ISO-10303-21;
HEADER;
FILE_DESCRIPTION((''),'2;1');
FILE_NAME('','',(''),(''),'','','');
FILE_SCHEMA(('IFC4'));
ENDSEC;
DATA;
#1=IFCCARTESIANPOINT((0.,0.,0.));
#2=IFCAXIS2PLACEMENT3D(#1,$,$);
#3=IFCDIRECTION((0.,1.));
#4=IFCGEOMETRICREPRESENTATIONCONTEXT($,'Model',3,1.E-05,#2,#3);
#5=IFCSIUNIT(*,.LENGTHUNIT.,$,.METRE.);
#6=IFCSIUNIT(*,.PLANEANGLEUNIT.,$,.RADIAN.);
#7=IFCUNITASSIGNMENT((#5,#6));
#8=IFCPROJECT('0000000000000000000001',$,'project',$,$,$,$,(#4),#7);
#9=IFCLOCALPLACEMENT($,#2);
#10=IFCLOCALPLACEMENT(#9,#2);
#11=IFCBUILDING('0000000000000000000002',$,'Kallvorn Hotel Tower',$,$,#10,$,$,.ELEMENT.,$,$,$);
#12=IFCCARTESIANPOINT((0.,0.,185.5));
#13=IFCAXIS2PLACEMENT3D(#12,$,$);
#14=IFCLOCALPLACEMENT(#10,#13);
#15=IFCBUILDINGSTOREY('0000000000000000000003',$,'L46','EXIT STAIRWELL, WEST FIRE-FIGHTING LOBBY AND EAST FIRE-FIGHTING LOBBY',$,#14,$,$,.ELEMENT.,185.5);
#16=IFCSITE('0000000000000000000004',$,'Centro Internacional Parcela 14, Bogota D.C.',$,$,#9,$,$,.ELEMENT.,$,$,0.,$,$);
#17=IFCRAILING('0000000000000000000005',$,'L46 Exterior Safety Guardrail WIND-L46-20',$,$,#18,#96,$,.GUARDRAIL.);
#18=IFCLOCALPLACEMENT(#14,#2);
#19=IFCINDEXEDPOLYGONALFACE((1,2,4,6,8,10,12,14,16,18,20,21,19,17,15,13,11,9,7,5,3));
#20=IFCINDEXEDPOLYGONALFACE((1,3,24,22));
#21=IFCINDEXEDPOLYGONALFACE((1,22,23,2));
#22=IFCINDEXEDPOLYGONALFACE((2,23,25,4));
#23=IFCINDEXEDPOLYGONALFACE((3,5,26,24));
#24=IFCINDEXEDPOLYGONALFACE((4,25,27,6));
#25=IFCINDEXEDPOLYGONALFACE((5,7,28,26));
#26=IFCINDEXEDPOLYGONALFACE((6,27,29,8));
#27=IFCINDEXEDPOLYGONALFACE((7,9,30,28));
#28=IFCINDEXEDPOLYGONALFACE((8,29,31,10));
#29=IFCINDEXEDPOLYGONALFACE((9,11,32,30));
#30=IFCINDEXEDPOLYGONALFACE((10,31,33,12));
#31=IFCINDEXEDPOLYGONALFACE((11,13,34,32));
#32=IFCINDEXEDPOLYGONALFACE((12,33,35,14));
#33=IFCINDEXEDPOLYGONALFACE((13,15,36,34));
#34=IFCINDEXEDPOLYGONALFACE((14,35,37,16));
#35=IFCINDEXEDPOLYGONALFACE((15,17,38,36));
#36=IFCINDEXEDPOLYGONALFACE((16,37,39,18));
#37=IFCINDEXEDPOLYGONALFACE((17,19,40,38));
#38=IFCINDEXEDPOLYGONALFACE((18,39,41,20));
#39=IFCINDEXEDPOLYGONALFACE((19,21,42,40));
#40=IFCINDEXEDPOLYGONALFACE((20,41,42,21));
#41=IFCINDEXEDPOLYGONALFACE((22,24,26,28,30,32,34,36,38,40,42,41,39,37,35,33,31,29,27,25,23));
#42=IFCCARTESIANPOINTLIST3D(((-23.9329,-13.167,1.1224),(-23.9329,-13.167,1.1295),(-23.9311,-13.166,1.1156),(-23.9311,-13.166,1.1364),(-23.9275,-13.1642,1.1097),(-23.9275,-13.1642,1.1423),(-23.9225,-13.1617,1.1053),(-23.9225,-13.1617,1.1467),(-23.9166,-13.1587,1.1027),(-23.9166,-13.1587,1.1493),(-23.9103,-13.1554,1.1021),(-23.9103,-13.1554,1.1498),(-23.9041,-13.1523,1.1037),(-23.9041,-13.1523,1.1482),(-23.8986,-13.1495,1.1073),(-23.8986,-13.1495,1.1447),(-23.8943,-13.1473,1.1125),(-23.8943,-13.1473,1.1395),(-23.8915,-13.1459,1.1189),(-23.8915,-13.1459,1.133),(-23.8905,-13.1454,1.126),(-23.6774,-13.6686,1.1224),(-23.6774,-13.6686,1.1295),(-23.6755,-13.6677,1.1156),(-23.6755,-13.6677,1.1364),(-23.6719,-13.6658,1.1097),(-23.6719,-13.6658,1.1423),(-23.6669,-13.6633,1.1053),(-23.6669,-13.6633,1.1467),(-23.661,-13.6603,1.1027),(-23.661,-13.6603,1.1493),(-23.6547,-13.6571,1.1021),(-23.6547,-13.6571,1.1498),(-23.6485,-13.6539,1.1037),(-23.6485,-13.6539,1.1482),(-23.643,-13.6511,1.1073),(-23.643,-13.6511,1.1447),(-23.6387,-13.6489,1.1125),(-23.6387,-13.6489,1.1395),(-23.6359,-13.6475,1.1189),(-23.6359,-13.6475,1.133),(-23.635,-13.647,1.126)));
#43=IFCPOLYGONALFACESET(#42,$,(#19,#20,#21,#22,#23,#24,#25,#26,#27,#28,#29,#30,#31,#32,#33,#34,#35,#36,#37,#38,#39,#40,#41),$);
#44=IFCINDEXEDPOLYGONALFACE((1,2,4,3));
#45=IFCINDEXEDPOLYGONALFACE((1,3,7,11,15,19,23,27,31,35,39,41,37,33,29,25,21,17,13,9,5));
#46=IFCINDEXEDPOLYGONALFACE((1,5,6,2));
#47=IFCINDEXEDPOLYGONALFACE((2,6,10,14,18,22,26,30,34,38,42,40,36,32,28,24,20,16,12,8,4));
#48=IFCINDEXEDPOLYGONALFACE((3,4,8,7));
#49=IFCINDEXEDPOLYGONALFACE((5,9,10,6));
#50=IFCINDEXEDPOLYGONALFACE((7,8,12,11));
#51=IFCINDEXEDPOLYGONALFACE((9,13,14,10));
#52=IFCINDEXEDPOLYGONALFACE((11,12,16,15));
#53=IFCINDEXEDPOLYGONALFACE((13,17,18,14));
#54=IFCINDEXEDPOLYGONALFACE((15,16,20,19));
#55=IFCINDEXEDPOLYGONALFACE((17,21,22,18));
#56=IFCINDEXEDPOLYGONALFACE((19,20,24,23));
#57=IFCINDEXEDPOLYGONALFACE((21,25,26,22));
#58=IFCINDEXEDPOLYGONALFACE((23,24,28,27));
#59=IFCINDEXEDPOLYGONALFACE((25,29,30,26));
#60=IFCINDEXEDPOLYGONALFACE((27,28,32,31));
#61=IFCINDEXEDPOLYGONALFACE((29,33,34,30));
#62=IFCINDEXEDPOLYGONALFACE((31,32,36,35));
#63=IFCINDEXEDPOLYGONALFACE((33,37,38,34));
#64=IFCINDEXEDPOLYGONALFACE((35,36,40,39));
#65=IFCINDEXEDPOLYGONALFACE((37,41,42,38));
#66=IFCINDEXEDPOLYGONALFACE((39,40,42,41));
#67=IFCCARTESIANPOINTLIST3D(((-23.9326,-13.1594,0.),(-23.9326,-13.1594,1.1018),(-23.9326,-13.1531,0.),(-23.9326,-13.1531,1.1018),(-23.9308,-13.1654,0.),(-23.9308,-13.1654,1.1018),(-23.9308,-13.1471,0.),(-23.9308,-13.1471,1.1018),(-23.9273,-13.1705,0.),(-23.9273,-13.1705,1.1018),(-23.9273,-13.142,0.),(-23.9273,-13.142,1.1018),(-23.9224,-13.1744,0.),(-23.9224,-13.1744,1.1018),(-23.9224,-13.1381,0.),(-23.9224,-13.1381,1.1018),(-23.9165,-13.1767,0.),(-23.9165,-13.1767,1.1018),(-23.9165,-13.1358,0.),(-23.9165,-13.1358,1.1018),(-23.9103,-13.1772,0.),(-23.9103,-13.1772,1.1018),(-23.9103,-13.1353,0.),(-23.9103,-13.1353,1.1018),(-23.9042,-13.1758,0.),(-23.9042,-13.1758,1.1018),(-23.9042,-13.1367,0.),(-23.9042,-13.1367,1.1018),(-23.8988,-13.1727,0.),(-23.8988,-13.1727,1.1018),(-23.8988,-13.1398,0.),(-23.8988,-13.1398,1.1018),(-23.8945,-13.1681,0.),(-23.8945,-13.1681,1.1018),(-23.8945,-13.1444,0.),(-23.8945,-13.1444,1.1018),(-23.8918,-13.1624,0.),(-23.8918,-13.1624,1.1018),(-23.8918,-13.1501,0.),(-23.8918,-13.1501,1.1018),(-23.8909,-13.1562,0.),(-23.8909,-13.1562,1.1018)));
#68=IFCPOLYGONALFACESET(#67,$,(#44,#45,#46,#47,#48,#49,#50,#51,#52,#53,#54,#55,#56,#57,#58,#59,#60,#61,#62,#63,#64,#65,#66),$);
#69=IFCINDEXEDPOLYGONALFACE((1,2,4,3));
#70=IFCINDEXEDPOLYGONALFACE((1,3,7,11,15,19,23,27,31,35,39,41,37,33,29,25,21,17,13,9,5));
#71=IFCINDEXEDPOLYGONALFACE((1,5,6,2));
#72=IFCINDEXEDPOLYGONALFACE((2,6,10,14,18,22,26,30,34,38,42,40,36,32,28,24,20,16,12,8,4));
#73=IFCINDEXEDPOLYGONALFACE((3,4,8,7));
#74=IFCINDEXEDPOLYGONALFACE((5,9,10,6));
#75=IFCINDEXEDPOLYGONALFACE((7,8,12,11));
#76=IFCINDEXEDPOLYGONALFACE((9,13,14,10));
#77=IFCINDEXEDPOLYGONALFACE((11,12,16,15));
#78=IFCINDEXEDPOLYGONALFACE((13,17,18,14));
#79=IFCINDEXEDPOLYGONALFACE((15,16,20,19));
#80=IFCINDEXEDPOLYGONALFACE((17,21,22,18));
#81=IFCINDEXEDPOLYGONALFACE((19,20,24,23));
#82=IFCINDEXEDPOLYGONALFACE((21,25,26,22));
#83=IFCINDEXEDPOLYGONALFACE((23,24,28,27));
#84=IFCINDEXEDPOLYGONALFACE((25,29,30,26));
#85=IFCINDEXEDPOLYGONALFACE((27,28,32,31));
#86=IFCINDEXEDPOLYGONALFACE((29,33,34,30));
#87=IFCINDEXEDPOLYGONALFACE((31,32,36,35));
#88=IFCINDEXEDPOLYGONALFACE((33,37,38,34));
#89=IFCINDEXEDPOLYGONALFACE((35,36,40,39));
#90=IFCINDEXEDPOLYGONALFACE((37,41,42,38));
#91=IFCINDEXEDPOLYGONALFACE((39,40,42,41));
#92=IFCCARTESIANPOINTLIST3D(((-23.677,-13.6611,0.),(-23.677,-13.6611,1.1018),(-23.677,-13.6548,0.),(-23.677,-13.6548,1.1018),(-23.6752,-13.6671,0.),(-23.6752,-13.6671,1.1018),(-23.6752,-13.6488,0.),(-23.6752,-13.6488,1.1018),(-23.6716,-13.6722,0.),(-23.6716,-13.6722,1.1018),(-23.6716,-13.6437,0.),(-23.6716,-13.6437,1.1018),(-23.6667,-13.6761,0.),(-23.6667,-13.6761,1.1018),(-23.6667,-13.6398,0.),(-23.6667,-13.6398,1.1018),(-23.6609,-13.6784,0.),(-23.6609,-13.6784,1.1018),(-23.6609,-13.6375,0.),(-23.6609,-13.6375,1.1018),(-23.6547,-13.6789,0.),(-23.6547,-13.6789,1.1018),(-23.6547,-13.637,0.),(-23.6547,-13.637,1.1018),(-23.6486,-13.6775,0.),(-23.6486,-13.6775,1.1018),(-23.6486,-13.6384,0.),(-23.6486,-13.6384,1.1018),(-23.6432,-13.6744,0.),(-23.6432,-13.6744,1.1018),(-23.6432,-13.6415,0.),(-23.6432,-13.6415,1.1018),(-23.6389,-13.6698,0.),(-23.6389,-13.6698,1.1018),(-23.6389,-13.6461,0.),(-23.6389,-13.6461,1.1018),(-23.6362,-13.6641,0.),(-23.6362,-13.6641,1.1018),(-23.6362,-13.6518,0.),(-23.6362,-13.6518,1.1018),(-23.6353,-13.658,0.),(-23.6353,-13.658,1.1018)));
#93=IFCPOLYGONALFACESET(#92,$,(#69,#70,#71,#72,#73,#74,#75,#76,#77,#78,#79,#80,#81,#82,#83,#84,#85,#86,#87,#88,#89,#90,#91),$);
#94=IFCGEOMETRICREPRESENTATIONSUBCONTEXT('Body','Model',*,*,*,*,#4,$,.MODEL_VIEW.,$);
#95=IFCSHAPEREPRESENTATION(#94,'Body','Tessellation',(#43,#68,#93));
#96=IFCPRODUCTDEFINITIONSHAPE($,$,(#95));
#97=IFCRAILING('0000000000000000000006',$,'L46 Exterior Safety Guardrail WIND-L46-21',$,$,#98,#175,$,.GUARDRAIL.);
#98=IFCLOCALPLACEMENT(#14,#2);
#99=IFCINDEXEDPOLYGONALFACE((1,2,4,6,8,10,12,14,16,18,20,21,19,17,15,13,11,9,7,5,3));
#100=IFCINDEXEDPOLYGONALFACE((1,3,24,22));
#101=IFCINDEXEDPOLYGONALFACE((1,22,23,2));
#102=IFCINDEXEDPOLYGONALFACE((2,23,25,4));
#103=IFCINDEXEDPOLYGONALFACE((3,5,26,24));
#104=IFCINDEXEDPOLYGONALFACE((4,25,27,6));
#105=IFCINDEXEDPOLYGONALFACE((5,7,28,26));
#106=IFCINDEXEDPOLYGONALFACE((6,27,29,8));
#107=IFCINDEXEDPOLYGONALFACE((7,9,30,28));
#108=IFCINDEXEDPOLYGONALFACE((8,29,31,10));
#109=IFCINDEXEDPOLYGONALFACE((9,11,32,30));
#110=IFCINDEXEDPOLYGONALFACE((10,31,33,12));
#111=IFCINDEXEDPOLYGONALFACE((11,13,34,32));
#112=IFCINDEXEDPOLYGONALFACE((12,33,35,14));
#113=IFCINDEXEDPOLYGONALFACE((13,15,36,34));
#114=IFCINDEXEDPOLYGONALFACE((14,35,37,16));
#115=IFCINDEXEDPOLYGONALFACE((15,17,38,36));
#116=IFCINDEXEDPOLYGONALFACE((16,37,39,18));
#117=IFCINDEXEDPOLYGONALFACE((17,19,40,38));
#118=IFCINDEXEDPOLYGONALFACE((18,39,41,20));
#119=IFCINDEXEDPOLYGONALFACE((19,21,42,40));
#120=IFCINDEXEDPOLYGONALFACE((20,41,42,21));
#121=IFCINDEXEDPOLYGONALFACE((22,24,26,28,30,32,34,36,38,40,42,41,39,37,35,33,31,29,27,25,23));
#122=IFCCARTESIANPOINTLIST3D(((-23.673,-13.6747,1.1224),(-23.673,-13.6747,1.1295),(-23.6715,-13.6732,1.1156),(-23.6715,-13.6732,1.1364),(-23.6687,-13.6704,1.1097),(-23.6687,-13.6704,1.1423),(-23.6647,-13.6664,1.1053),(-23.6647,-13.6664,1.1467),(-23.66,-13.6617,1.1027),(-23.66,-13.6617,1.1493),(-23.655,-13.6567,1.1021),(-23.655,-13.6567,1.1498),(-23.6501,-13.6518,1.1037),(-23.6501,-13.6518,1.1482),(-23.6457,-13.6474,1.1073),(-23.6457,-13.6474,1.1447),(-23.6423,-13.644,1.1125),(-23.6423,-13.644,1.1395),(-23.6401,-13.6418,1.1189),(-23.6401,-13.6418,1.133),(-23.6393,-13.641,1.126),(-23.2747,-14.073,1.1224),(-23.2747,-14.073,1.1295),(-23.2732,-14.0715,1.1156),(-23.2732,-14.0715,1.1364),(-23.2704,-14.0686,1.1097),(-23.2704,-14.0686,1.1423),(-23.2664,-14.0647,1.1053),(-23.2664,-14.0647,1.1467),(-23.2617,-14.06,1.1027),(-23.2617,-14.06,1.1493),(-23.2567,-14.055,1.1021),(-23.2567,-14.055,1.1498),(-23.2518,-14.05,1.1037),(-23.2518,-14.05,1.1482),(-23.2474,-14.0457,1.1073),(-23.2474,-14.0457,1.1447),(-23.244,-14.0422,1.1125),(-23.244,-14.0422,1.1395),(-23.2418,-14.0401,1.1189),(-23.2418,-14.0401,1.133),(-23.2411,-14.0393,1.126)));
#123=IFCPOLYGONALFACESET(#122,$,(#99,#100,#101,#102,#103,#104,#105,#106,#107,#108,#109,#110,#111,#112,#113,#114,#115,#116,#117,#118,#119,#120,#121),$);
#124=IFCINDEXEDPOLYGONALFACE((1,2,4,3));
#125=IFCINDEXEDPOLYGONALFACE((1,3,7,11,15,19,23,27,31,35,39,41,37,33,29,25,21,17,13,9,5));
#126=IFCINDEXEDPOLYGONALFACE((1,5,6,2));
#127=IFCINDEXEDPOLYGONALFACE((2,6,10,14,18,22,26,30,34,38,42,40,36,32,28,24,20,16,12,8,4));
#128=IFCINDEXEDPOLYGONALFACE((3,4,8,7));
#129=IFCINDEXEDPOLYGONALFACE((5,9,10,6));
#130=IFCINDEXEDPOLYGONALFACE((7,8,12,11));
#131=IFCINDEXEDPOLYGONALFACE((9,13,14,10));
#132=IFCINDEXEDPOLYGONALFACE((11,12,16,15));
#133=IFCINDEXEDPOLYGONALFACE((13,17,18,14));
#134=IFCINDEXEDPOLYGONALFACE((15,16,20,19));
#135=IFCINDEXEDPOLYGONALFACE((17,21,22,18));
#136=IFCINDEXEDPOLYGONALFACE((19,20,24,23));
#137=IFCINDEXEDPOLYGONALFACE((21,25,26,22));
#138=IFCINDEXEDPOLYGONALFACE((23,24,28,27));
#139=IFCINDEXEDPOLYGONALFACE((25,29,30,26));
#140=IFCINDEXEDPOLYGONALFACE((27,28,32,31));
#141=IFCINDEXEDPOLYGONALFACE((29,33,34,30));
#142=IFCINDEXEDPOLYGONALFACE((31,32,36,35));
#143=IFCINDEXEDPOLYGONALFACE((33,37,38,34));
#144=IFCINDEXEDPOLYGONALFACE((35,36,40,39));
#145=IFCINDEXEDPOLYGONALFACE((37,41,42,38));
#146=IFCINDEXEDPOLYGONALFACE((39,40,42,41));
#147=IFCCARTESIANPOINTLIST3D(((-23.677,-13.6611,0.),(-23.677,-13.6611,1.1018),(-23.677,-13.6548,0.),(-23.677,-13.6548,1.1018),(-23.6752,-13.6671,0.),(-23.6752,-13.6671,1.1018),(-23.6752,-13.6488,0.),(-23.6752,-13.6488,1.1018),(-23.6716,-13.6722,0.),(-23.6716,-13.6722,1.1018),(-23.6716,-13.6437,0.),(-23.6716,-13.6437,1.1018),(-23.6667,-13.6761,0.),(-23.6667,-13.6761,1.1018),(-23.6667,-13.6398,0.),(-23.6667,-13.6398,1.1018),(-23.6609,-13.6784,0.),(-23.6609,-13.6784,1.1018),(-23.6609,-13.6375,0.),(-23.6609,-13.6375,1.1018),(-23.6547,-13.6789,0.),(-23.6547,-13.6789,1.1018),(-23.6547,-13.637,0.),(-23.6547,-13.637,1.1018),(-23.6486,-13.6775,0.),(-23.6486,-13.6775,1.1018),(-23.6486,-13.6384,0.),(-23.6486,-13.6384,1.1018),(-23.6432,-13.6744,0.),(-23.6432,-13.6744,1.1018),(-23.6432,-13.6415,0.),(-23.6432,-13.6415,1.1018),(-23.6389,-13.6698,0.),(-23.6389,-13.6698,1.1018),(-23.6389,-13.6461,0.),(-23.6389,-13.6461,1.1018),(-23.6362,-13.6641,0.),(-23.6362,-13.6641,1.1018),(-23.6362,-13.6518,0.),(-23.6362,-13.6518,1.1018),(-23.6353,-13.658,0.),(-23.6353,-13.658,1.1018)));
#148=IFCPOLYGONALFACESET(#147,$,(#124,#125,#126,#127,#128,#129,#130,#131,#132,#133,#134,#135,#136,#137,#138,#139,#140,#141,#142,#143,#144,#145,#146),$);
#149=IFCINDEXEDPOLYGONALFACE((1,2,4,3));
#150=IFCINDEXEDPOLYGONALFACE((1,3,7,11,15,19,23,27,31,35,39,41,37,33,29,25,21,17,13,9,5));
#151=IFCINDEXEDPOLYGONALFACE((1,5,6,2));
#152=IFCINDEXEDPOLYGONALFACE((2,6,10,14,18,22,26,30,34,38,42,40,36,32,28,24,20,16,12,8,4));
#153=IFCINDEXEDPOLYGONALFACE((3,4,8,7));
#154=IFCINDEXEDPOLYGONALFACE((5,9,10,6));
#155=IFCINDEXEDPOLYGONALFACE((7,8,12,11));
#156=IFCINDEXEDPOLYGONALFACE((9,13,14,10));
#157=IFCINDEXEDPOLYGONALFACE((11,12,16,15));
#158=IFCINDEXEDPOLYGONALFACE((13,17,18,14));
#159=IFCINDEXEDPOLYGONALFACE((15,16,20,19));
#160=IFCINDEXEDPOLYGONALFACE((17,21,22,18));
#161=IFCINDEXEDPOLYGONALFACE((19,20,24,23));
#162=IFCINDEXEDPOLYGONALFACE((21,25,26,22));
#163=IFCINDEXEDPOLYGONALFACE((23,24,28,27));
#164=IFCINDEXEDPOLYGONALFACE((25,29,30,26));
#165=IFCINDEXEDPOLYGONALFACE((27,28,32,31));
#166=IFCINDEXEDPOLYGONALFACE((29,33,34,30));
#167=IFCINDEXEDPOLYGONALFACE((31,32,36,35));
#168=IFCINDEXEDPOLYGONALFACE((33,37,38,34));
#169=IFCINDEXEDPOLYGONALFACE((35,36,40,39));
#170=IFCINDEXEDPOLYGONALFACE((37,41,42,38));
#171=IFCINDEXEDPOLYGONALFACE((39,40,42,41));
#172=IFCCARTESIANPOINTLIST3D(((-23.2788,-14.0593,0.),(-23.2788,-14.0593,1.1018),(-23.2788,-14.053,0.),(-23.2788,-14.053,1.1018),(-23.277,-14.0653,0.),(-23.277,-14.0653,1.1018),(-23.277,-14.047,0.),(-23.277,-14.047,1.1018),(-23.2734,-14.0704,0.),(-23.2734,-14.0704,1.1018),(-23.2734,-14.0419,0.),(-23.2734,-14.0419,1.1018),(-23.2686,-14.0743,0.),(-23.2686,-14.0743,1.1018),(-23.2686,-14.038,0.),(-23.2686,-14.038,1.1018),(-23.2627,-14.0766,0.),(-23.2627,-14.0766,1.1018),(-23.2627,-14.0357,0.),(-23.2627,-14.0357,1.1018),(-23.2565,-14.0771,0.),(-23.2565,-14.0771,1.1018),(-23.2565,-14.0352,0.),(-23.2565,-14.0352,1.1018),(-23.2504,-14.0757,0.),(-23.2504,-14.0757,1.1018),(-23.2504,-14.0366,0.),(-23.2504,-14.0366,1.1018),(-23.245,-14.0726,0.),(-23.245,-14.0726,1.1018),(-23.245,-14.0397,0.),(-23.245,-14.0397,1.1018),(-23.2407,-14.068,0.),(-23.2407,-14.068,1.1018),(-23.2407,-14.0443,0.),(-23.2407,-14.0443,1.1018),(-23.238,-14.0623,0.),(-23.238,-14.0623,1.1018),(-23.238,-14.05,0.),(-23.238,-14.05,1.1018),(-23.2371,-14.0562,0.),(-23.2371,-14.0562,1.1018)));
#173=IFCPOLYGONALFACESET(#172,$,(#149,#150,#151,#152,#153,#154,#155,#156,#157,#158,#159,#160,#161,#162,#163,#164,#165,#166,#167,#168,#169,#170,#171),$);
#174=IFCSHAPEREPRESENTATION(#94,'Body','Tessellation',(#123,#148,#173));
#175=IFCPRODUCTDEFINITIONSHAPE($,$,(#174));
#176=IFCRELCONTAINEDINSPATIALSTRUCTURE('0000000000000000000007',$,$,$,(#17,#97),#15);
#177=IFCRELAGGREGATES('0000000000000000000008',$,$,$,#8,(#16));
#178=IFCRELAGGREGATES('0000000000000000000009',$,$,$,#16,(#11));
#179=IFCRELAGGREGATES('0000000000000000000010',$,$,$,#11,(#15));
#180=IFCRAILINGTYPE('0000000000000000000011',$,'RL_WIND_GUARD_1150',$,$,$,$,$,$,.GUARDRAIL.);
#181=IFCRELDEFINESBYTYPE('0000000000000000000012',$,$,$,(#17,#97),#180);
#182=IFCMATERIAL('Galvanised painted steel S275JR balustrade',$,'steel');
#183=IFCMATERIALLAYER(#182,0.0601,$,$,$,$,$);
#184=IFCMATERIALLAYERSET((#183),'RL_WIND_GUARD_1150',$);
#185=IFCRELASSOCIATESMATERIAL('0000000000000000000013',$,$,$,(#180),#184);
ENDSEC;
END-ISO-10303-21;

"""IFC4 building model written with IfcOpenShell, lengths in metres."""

from ifc_helpers import new_model, si_unit, direction, frame, origin, origin_2d, place, context, subcontext, project, spatial, circle, extrude, material, layer, layer_set, type_object, element, save


model = new_model("IFC4")

# Units and contexts
model_context = context("Model", 3, precision=1e-05, world=origin(), true_north=direction((0.0, 1.0)))
body_context = subcontext(model_context, "Body", "Model", "MODEL_VIEW")
ifc_project = project(units=[si_unit("LENGTHUNIT", "METRE"), si_unit("PLANEANGLEUNIT", "RADIAN")], contexts=[model_context])

# Site, building, storey
site_placement = place(None, origin())
site = spatial("IfcSite", under=ifc_project, at=site_placement, Name="Centro Internacional Parcela 14, Bogota D.C.", CompositionType="ELEMENT", RefElevation=0.0)
building_placement = place(site_placement, origin())
building = spatial("IfcBuilding", under=site, at=building_placement, Name="Kallvorn Hotel Tower", CompositionType="ELEMENT")
storey_placement = place(building_placement, frame((0.0, 0.0, 185.5)))
storey = spatial("IfcBuildingStorey", under=building, at=storey_placement, Name="L46", Description="EXIT STAIRWELL, WEST FIRE-FIGHTING LOBBY AND EAST FIRE-FIGHTING LOBBY", CompositionType="ELEMENT", Elevation=185.5)

# Railings
ifc_material_1 = material(Name="Galvanised painted steel S275JR balustrade", Category="steel")
ifc_layer_1 = layer(ifc_material_1, 0.0601)
ifc_layer_set_1 = layer_set([ifc_layer_1], Name="RL_WIND_GUARD_1150")
railing_type = type_object("IfcRailingType", Name="RL_WIND_GUARD_1150", PredefinedType="GUARDRAIL", material=ifc_layer_set_1)
railing_1_placement = place(storey_placement, frame((-23.9119, -13.1562, 0.0)))
element("IfcRailing", 1, at=railing_1_placement, inside=storey, type_object=railing_type, Name="L46 Exterior Safety Guardrail WIND-L46-20", PredefinedType="GUARDRAIL", context=body_context, shape_type="SweptSolid", body=[
    extrude(circle(Radius=0.0239, at=origin_2d()), frame((0.0, 0.0, 1.126), z_axis=(0.453965, -0.89102, 0.0), x_axis=(0.89102, 0.453965, 0.0)), (0.0, 0.0, 1.0), 0.563),
    extrude(circle(Radius=0.021, at=origin_2d()), origin(), (0.0, 0.0, 1.0), 1.1018),
    extrude(circle(Radius=0.021, at=origin_2d()), frame((0.2556, -0.5017, 0.0)), (0.0, 0.0, 1.0), 1.1018),
])
railing_2_placement = place(storey_placement, frame((-23.6562, -13.658, 0.0)))
element("IfcRailing", 2, at=railing_2_placement, inside=storey, type_object=railing_type, Name="L46 Exterior Safety Guardrail WIND-L46-21", PredefinedType="GUARDRAIL", context=body_context, shape_type="SweptSolid", body=[
    extrude(circle(Radius=0.0239, at=origin_2d()), frame((0.0, 0.0, 1.126), z_axis=(0.707107, -0.707107, 0.0), x_axis=(0.707107, 0.707107, 0.0)), (0.0, 0.0, 1.0), 0.5632),
    extrude(circle(Radius=0.021, at=origin_2d()), origin(), (0.0, 0.0, 1.0), 1.1018),
    extrude(circle(Radius=0.021, at=origin_2d()), frame((0.3982, -0.3982, 0.0)), (0.0, 0.0, 1.0), 1.1018),
])

save(model, "model.ifc")
